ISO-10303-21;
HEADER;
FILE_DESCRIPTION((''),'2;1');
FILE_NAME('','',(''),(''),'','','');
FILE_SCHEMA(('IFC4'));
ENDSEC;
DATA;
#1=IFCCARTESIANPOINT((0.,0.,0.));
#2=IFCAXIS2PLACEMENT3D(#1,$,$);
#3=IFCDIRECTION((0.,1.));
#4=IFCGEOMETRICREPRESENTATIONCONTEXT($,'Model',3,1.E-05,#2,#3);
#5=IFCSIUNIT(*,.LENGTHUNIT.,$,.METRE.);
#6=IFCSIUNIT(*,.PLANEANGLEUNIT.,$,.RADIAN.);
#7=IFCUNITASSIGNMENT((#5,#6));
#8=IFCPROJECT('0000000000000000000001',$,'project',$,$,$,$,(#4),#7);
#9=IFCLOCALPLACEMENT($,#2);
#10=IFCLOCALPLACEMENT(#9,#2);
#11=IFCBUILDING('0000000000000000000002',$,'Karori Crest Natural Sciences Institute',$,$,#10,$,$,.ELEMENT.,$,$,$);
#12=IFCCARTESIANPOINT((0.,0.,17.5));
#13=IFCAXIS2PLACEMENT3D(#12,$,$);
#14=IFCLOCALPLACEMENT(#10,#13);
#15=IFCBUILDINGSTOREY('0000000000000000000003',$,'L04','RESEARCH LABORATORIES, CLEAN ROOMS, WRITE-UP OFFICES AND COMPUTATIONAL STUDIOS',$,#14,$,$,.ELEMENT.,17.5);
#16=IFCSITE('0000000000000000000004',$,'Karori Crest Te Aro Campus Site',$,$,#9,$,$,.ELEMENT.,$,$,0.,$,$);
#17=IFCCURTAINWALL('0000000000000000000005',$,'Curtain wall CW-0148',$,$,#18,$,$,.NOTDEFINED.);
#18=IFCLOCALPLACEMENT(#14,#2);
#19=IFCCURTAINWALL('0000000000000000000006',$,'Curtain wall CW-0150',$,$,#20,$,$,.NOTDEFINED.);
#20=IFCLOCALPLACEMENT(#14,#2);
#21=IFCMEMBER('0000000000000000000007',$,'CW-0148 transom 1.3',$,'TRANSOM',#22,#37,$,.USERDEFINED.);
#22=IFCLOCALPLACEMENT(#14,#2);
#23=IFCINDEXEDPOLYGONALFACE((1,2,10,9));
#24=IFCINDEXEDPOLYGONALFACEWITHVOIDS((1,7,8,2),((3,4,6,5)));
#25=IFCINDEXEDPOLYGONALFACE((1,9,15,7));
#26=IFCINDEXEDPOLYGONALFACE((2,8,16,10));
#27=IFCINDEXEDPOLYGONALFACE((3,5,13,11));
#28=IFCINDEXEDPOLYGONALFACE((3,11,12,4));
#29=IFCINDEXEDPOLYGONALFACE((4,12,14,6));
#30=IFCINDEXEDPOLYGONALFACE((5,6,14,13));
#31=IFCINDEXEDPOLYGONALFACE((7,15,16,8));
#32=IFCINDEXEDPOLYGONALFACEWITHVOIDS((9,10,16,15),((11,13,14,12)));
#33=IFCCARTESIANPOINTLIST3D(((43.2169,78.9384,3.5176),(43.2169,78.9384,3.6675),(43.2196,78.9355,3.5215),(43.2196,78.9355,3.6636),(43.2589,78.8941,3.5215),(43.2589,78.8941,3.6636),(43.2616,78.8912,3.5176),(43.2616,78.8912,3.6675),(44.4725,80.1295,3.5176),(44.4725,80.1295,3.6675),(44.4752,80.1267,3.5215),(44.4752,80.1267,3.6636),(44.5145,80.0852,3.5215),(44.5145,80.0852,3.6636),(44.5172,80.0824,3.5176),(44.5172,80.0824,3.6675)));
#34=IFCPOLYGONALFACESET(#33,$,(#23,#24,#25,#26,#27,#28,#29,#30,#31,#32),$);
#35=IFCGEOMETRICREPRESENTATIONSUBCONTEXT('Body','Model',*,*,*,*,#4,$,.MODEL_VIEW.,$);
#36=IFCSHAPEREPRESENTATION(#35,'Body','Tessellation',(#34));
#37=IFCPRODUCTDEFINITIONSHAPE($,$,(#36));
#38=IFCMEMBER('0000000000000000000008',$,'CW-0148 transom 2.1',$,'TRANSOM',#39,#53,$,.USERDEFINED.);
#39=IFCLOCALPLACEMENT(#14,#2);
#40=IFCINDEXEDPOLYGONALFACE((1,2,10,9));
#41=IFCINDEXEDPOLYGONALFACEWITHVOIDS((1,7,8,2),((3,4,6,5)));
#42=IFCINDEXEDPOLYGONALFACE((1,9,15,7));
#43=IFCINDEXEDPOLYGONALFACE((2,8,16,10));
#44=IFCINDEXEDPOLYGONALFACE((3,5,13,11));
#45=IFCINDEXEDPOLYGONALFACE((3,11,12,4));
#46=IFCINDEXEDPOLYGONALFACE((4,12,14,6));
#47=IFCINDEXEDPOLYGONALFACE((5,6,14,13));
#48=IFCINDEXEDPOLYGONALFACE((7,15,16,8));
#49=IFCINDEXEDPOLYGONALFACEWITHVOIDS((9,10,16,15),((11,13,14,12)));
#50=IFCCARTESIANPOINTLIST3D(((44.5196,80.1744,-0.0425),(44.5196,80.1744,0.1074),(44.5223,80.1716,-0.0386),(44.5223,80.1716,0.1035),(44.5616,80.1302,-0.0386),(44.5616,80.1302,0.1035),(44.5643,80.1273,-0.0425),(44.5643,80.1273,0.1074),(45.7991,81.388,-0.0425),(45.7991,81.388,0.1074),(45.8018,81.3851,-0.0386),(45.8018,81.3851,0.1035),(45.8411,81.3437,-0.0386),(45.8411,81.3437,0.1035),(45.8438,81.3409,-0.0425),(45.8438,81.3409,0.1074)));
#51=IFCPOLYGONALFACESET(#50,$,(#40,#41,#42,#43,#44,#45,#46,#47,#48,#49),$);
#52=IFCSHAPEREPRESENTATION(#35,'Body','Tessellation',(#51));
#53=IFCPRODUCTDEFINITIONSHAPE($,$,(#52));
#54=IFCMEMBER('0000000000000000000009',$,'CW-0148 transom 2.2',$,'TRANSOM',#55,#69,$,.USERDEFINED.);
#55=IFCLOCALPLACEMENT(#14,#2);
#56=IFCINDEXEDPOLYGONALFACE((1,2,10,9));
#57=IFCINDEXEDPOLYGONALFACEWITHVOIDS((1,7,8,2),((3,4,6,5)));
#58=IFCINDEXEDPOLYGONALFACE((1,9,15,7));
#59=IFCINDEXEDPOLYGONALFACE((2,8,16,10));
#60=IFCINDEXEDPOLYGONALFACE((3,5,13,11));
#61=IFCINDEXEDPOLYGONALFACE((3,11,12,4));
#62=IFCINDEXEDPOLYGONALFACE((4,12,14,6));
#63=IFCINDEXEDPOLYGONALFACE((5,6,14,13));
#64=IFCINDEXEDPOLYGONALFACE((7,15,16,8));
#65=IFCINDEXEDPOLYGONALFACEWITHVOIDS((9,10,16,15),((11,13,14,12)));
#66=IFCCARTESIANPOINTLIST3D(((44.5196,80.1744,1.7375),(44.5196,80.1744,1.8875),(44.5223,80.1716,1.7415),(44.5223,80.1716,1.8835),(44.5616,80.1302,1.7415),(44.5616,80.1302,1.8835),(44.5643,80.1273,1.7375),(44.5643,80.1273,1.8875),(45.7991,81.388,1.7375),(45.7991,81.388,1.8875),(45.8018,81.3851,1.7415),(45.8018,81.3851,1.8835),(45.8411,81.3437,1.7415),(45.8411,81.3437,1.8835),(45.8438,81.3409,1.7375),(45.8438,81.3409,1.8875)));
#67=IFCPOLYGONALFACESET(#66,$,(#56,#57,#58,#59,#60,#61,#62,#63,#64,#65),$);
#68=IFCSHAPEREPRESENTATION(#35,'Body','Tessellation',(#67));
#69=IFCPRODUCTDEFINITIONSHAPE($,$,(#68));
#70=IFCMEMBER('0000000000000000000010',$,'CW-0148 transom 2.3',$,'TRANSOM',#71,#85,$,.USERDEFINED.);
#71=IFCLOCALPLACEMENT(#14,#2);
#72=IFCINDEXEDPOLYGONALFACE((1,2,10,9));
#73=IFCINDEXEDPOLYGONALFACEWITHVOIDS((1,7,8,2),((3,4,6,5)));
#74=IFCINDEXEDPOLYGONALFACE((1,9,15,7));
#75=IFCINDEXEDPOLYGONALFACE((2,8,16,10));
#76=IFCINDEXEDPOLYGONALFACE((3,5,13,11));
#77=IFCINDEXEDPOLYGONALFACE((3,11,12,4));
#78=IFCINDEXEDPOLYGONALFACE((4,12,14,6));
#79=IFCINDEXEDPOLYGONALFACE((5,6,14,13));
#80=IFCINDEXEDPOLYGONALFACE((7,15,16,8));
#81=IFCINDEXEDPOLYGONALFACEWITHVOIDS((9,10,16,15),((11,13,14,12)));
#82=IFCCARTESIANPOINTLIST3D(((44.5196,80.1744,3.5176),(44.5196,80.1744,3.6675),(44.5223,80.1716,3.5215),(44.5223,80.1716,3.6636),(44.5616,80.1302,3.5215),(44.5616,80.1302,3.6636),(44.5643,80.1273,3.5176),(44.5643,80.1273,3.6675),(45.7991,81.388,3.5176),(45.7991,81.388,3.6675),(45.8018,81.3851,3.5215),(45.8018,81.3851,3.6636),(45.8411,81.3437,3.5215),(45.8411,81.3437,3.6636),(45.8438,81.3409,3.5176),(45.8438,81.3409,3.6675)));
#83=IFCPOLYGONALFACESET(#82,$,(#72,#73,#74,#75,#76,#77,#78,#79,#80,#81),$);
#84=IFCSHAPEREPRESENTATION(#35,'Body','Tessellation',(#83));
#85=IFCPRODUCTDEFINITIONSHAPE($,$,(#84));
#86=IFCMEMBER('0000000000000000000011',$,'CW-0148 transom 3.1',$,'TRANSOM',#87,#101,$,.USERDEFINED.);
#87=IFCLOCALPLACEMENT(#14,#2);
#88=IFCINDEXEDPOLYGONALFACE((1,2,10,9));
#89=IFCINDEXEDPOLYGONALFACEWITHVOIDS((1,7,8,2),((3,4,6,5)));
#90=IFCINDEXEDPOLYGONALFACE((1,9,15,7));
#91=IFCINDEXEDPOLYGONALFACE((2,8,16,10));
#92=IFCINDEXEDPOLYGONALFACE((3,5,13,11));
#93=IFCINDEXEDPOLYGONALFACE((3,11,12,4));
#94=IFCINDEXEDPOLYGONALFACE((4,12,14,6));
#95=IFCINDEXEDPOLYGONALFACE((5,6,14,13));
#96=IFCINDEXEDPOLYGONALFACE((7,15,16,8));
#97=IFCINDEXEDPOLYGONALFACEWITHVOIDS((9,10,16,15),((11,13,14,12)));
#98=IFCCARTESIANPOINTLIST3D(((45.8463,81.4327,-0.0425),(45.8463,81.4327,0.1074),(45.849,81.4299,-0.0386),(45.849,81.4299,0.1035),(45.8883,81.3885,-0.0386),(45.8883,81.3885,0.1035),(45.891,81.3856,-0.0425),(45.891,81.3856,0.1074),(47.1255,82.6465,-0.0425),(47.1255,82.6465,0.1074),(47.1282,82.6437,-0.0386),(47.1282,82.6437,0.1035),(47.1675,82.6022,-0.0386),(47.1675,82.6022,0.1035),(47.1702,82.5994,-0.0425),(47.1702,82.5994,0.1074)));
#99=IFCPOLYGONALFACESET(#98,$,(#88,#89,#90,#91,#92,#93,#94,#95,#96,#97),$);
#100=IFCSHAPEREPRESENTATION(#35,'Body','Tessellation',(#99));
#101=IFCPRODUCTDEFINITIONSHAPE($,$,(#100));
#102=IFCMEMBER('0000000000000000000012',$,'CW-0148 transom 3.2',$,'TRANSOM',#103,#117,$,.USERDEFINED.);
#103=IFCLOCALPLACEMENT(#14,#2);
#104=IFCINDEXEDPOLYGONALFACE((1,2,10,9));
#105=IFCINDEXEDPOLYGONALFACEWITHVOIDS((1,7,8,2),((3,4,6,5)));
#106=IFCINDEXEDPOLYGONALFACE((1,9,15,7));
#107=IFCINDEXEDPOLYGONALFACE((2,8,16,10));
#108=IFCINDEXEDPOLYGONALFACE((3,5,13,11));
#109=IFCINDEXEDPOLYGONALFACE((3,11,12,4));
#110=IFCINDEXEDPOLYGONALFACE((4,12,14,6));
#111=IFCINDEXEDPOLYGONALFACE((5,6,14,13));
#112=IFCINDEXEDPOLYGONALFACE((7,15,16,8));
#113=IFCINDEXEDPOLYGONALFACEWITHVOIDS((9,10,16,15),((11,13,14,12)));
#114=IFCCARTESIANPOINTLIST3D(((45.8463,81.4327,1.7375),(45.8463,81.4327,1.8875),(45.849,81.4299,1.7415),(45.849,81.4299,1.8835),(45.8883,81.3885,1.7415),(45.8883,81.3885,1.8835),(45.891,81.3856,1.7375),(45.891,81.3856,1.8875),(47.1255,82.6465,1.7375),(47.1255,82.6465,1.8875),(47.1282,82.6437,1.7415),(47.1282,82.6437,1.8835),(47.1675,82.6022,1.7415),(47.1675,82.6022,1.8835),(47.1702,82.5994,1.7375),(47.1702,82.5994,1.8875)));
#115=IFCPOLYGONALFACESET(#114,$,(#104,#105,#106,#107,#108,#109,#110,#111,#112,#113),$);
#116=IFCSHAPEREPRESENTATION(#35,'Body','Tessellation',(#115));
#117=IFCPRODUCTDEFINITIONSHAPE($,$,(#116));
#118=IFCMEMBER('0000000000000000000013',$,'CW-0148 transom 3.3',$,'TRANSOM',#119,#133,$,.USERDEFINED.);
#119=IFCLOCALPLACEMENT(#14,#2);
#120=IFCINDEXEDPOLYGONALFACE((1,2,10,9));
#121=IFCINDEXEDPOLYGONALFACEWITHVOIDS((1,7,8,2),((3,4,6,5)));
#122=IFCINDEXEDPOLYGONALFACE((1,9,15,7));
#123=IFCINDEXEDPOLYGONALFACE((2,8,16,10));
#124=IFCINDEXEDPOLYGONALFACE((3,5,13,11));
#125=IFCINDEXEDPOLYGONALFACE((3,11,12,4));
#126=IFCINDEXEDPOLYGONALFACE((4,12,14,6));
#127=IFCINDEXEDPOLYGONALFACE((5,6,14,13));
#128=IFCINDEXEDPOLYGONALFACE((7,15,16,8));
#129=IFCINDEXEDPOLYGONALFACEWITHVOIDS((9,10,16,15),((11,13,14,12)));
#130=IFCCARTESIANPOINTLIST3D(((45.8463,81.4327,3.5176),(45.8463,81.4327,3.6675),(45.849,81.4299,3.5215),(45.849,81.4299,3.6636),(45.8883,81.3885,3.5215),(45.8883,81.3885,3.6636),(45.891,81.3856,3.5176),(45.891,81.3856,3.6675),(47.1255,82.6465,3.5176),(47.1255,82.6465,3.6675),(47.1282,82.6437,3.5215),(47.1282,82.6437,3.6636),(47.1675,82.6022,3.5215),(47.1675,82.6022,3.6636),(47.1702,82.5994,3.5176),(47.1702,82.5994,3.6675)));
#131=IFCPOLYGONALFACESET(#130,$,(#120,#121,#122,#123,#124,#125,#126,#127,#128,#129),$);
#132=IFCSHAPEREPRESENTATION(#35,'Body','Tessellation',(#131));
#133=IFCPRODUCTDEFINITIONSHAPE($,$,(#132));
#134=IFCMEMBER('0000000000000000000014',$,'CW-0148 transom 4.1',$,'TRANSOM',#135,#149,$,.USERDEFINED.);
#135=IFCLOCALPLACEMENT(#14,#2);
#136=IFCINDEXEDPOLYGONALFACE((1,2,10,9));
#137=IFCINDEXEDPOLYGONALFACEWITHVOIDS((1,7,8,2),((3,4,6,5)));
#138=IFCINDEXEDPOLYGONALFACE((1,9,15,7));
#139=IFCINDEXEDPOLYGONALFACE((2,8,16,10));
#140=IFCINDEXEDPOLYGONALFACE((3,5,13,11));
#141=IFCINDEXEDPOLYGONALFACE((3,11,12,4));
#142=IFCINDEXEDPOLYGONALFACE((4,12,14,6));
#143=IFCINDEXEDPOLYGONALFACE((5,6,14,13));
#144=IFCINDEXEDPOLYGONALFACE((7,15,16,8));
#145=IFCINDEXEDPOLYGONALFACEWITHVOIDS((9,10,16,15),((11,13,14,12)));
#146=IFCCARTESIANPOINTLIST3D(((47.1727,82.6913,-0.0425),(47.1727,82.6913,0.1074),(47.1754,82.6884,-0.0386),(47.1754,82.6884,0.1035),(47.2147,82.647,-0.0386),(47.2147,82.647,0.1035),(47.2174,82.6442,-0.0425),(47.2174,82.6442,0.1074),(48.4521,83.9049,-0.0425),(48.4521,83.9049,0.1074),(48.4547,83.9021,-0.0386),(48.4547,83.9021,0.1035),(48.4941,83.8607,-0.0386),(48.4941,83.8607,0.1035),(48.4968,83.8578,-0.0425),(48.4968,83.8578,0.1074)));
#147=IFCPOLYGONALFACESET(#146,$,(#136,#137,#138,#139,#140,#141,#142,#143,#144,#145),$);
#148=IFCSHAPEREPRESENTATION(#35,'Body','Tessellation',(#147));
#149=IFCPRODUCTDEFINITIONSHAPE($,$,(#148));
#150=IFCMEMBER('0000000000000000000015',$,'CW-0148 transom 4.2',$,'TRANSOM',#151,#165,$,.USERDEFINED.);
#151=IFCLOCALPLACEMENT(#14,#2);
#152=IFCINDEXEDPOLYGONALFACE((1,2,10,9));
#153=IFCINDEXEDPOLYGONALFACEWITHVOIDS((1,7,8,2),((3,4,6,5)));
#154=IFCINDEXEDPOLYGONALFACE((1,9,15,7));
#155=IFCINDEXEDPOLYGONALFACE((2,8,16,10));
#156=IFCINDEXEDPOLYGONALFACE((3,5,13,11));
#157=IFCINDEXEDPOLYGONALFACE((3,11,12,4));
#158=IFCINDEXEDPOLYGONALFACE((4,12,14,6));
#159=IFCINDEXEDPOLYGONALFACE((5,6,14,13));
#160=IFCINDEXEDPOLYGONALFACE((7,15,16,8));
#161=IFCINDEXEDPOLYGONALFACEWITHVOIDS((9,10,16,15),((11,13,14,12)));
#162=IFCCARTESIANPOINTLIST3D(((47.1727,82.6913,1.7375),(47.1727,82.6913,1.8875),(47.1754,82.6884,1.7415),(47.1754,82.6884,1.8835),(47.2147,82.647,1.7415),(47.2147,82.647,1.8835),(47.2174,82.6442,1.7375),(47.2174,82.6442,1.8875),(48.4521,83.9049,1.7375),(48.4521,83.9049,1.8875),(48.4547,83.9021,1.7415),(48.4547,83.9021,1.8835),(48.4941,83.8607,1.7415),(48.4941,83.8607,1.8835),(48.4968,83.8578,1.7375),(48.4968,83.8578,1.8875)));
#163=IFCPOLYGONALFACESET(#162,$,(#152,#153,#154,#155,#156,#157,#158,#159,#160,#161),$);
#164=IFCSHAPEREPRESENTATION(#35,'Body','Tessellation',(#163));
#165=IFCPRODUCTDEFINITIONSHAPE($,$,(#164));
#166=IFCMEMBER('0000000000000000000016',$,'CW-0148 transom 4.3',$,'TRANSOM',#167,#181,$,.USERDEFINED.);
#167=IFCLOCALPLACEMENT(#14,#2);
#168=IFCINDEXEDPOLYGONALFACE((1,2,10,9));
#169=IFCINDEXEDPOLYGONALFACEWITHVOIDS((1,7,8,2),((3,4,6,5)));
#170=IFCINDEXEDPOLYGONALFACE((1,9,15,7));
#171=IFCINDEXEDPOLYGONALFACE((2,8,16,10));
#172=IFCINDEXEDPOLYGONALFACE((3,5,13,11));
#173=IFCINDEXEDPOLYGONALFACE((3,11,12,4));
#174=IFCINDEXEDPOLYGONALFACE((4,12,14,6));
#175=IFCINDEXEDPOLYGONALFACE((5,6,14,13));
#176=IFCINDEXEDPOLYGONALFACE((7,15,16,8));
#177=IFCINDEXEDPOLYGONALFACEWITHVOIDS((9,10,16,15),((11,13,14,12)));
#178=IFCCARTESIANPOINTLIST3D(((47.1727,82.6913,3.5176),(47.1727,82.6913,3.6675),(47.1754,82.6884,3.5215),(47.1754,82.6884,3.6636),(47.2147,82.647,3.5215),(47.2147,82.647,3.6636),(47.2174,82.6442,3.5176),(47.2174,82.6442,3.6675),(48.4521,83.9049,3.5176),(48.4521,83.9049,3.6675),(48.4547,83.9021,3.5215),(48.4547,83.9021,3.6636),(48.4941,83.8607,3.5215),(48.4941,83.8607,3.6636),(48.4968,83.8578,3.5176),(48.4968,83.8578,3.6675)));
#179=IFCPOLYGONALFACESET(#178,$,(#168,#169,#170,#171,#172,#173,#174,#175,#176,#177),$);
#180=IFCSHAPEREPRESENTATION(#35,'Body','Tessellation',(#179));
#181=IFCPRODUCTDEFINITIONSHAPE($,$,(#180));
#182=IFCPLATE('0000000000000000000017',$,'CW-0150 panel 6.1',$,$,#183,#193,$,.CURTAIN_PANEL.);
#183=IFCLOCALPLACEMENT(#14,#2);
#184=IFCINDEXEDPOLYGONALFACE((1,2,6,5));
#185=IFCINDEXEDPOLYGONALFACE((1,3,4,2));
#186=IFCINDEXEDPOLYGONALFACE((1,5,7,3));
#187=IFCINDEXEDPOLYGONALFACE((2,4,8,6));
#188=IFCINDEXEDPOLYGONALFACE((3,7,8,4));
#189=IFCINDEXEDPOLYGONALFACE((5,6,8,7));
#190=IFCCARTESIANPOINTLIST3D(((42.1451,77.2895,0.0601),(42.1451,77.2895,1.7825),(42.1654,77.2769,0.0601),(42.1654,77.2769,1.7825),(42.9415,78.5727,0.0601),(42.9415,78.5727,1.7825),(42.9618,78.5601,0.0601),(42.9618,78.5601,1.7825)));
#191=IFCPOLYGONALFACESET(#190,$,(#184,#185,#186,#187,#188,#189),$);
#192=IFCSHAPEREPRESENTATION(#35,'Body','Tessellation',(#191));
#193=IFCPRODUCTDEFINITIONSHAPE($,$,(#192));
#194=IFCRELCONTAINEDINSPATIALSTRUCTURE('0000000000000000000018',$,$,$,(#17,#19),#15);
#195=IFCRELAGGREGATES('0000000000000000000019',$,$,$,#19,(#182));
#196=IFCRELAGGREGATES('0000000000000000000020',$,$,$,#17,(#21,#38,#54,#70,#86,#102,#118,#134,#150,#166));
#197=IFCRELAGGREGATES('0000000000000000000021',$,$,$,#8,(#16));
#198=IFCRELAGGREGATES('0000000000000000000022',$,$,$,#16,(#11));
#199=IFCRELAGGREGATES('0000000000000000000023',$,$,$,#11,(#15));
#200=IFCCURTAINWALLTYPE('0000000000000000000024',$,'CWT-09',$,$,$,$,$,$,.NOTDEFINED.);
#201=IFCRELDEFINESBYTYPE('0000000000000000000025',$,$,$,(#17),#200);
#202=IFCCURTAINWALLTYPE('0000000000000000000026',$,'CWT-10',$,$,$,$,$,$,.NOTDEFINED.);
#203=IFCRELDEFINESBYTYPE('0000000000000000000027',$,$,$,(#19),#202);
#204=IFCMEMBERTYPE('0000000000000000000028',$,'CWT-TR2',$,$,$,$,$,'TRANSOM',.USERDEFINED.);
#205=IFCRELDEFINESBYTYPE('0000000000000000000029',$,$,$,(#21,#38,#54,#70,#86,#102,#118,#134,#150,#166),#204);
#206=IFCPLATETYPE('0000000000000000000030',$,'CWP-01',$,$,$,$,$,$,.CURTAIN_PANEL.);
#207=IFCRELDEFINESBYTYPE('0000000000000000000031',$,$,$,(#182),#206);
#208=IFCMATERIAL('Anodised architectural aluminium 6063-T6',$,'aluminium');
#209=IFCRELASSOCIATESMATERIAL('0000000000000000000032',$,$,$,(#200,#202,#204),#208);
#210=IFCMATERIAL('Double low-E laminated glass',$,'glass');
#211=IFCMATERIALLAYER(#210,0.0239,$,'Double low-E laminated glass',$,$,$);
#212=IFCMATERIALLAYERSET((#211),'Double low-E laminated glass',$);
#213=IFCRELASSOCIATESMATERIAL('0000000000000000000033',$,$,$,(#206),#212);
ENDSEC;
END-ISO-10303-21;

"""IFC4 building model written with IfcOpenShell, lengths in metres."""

from ifc_helpers import new_model, si_unit, direction, frame, origin, origin_2d, place, context, subcontext, project, spatial, rectangle, hollow_rectangle, extrude, material, layer, layer_set, material_profile, profile_set, type_object, element, aggregate, save


model = new_model("IFC4")

# Units and contexts
model_context = context("Model", 3, precision=1e-05, world=origin(), true_north=direction((0.0, 1.0)))
body_context = subcontext(model_context, "Body", "Model", "MODEL_VIEW")
ifc_project = project(units=[si_unit("LENGTHUNIT", "METRE"), si_unit("PLANEANGLEUNIT", "RADIAN")], contexts=[model_context])

# Site, building, storey
site_placement = place(None, origin())
site = spatial("IfcSite", under=ifc_project, at=site_placement, Name="Karori Crest Te Aro Campus Site", CompositionType="ELEMENT", RefElevation=0.0)
building_placement = place(site_placement, origin())
building = spatial("IfcBuilding", under=site, at=building_placement, Name="Karori Crest Natural Sciences Institute", CompositionType="ELEMENT")
storey_placement = place(building_placement, frame((0.0, 0.0, 17.5)))
storey = spatial("IfcBuildingStorey", under=building, at=storey_placement, Name="L04", Description="RESEARCH LABORATORIES, CLEAN ROOMS, WRITE-UP OFFICES AND COMPUTATIONAL STUDIOS", CompositionType="ELEMENT", Elevation=17.5)

# Curtain wall
ifc_material_1 = material(Name="Anodised architectural aluminium 6063-T6", Category="aluminium")
curtain_wall_type_1 = type_object("IfcCurtainWallType", Name="CWT-09", PredefinedType="NOTDEFINED", material=ifc_material_1)
curtain_wall_1_placement = place(storey_placement, origin())
curtain_wall_1 = element("IfcCurtainWall", 1, at=curtain_wall_1_placement, inside=storey, type_object=curtain_wall_type_1, Name="Curtain wall CW-0148", PredefinedType="NOTDEFINED")

# Curtain wall
curtain_wall_type_2 = type_object("IfcCurtainWallType", Name="CWT-10", PredefinedType="NOTDEFINED", material=ifc_material_1)
curtain_wall_2_placement = place(storey_placement, origin())
curtain_wall_2 = element("IfcCurtainWall", 2, at=curtain_wall_2_placement, inside=storey, type_object=curtain_wall_type_2, Name="Curtain wall CW-0150", PredefinedType="NOTDEFINED")

# Members
ifc_material_profile_1 = material_profile(ifc_material_1, hollow_rectangle(XDim=0.0649, YDim=0.1499, WallThickness=0.0039, at=origin_2d()), Name="CWT150x65x4")
ifc_profile_set_1 = profile_set([ifc_material_profile_1], Name="Anodised architectural aluminium 6063-T6")
member_type_1 = type_object("IfcMemberType", Name="CWT-TR2", ElementType="TRANSOM", PredefinedType="USERDEFINED", material=ifc_profile_set_1)
member_1_placement = place(storey_placement, frame((43.2393, 78.9148, 3.5925), z_axis=(0.725482, 0.688241, 0.0), x_axis=(-0.688241, 0.725482, 0.0)))
member_1 = element("IfcMember", 3, at=member_1_placement, type_object=member_type_1, Name="CW-0148 transom 1.3", ObjectType="TRANSOM", PredefinedType="USERDEFINED", context=body_context, shape_type="SweptSolid", body=[
    extrude(hollow_rectangle(XDim=0.0649, YDim=0.1499, WallThickness=0.0039, at=origin_2d()), origin(), (0.0, 0.0, 1.0), 1.7307),
])
member_2_placement = place(storey_placement, frame((44.542, 80.1509, 0.0325), z_axis=(0.725549, 0.688171, 0.0), x_axis=(-0.688171, 0.725549, 0.0)))
member_2 = element("IfcMember", 4, at=member_2_placement, type_object=member_type_1, Name="CW-0148 transom 2.1", ObjectType="TRANSOM", PredefinedType="USERDEFINED", context=body_context, shape_type="SweptSolid", body=[
    extrude(hollow_rectangle(XDim=0.0649, YDim=0.1499, WallThickness=0.0039, at=origin_2d()), origin(), (0.0, 0.0, 1.0), 1.7634),
])
member_3_placement = place(storey_placement, frame((44.542, 80.1509, 1.8125), z_axis=(0.725549, 0.688171, 0.0), x_axis=(-0.688171, 0.725549, 0.0)))
member_3 = element("IfcMember", 5, at=member_3_placement, type_object=member_type_1, Name="CW-0148 transom 2.2", ObjectType="TRANSOM", PredefinedType="USERDEFINED", context=body_context, shape_type="SweptSolid", body=[
    extrude(hollow_rectangle(XDim=0.0649, YDim=0.1499, WallThickness=0.0039, at=origin_2d()), origin(), (0.0, 0.0, 1.0), 1.7634),
])
member_4_placement = place(storey_placement, frame((44.542, 80.1509, 3.5925), z_axis=(0.725549, 0.688171, 0.0), x_axis=(-0.688171, 0.725549, 0.0)))
member_4 = element("IfcMember", 6, at=member_4_placement, type_object=member_type_1, Name="CW-0148 transom 2.3", ObjectType="TRANSOM", PredefinedType="USERDEFINED", context=body_context, shape_type="SweptSolid", body=[
    extrude(hollow_rectangle(XDim=0.0649, YDim=0.1499, WallThickness=0.0039, at=origin_2d()), origin(), (0.0, 0.0, 1.0), 1.7634),
])
member_5_placement = place(storey_placement, frame((45.8687, 81.4092, 0.0325), z_axis=(0.725414, 0.688313, 0.0), x_axis=(-0.688313, 0.725414, 0.0)))
member_5 = element("IfcMember", 7, at=member_5_placement, type_object=member_type_1, Name="CW-0148 transom 3.1", ObjectType="TRANSOM", PredefinedType="USERDEFINED", context=body_context, shape_type="SweptSolid", body=[
    extrude(hollow_rectangle(XDim=0.0649, YDim=0.1499, WallThickness=0.0039, at=origin_2d()), origin(), (0.0, 0.0, 1.0), 1.7634),
])
member_6_placement = place(storey_placement, frame((45.8687, 81.4092, 1.8125), z_axis=(0.725414, 0.688313, 0.0), x_axis=(-0.688313, 0.725414, 0.0)))
member_6 = element("IfcMember", 8, at=member_6_placement, type_object=member_type_1, Name="CW-0148 transom 3.2", ObjectType="TRANSOM", PredefinedType="USERDEFINED", context=body_context, shape_type="SweptSolid", body=[
    extrude(hollow_rectangle(XDim=0.0649, YDim=0.1499, WallThickness=0.0039, at=origin_2d()), origin(), (0.0, 0.0, 1.0), 1.7634),
])
member_7_placement = place(storey_placement, frame((45.8687, 81.4092, 3.5925), z_axis=(0.725414, 0.688313, 0.0), x_axis=(-0.688313, 0.725414, 0.0)))
member_7 = element("IfcMember", 9, at=member_7_placement, type_object=member_type_1, Name="CW-0148 transom 3.3", ObjectType="TRANSOM", PredefinedType="USERDEFINED", context=body_context, shape_type="SweptSolid", body=[
    extrude(hollow_rectangle(XDim=0.0649, YDim=0.1499, WallThickness=0.0039, at=origin_2d()), origin(), (0.0, 0.0, 1.0), 1.7634),
])
member_8_placement = place(storey_placement, frame((47.1951, 82.6677, 0.0325), z_axis=(0.725483, 0.68824, 0.0), x_axis=(-0.68824, 0.725483, 0.0)))
member_8 = element("IfcMember", 10, at=member_8_placement, type_object=member_type_1, Name="CW-0148 transom 4.1", ObjectType="TRANSOM", PredefinedType="USERDEFINED", context=body_context, shape_type="SweptSolid", body=[
    extrude(hollow_rectangle(XDim=0.0649, YDim=0.1499, WallThickness=0.0039, at=origin_2d()), origin(), (0.0, 0.0, 1.0), 1.7634),
])
member_9_placement = place(storey_placement, frame((47.1951, 82.6677, 1.8125), z_axis=(0.725483, 0.68824, 0.0), x_axis=(-0.68824, 0.725483, 0.0)))
member_9 = element("IfcMember", 11, at=member_9_placement, type_object=member_type_1, Name="CW-0148 transom 4.2", ObjectType="TRANSOM", PredefinedType="USERDEFINED", context=body_context, shape_type="SweptSolid", body=[
    extrude(hollow_rectangle(XDim=0.0649, YDim=0.1499, WallThickness=0.0039, at=origin_2d()), origin(), (0.0, 0.0, 1.0), 1.7634),
])
member_10_placement = place(storey_placement, frame((47.1951, 82.6677, 3.5925), z_axis=(0.725483, 0.68824, 0.0), x_axis=(-0.68824, 0.725483, 0.0)))
member_10 = element("IfcMember", 12, at=member_10_placement, type_object=member_type_1, Name="CW-0148 transom 4.3", ObjectType="TRANSOM", PredefinedType="USERDEFINED", context=body_context, shape_type="SweptSolid", body=[
    extrude(hollow_rectangle(XDim=0.0649, YDim=0.1499, WallThickness=0.0039, at=origin_2d()), origin(), (0.0, 0.0, 1.0), 1.7634),
])

# Plate
ifc_material_2 = material(Name="Double low-E laminated glass", Category="glass")
ifc_layer_1 = layer(ifc_material_2, 0.0239, Name="Double low-E laminated glass")
ifc_layer_set_1 = layer_set([ifc_layer_1], Name="Double low-E laminated glass")
plate_type_1 = type_object("IfcPlateType", Name="CWP-01", PredefinedType="CURTAIN_PANEL", material=ifc_layer_set_1)
plate_1_placement = place(storey_placement, frame((42.5535, 77.9248, 0.0601), z_axis=(0.0, 0.0, 1.0), x_axis=(0.527324, 0.849664, 0.0)))
plate_1 = element("IfcPlate", 13, at=plate_1_placement, type_object=plate_type_1, Name="CW-0150 panel 6.1", PredefinedType="CURTAIN_PANEL", context=body_context, shape_type="SweptSolid", body=[
    extrude(rectangle(XDim=1.5103, YDim=0.0239, at=origin_2d()), origin(), (0.0, 0.0, 1.0), 1.7224),
])
aggregate(curtain_wall_2, [plate_1])
aggregate(curtain_wall_1, [member_1, member_2, member_3, member_4, member_5, member_6, member_7, member_8, member_9, member_10])

save(model, "model.ifc")
